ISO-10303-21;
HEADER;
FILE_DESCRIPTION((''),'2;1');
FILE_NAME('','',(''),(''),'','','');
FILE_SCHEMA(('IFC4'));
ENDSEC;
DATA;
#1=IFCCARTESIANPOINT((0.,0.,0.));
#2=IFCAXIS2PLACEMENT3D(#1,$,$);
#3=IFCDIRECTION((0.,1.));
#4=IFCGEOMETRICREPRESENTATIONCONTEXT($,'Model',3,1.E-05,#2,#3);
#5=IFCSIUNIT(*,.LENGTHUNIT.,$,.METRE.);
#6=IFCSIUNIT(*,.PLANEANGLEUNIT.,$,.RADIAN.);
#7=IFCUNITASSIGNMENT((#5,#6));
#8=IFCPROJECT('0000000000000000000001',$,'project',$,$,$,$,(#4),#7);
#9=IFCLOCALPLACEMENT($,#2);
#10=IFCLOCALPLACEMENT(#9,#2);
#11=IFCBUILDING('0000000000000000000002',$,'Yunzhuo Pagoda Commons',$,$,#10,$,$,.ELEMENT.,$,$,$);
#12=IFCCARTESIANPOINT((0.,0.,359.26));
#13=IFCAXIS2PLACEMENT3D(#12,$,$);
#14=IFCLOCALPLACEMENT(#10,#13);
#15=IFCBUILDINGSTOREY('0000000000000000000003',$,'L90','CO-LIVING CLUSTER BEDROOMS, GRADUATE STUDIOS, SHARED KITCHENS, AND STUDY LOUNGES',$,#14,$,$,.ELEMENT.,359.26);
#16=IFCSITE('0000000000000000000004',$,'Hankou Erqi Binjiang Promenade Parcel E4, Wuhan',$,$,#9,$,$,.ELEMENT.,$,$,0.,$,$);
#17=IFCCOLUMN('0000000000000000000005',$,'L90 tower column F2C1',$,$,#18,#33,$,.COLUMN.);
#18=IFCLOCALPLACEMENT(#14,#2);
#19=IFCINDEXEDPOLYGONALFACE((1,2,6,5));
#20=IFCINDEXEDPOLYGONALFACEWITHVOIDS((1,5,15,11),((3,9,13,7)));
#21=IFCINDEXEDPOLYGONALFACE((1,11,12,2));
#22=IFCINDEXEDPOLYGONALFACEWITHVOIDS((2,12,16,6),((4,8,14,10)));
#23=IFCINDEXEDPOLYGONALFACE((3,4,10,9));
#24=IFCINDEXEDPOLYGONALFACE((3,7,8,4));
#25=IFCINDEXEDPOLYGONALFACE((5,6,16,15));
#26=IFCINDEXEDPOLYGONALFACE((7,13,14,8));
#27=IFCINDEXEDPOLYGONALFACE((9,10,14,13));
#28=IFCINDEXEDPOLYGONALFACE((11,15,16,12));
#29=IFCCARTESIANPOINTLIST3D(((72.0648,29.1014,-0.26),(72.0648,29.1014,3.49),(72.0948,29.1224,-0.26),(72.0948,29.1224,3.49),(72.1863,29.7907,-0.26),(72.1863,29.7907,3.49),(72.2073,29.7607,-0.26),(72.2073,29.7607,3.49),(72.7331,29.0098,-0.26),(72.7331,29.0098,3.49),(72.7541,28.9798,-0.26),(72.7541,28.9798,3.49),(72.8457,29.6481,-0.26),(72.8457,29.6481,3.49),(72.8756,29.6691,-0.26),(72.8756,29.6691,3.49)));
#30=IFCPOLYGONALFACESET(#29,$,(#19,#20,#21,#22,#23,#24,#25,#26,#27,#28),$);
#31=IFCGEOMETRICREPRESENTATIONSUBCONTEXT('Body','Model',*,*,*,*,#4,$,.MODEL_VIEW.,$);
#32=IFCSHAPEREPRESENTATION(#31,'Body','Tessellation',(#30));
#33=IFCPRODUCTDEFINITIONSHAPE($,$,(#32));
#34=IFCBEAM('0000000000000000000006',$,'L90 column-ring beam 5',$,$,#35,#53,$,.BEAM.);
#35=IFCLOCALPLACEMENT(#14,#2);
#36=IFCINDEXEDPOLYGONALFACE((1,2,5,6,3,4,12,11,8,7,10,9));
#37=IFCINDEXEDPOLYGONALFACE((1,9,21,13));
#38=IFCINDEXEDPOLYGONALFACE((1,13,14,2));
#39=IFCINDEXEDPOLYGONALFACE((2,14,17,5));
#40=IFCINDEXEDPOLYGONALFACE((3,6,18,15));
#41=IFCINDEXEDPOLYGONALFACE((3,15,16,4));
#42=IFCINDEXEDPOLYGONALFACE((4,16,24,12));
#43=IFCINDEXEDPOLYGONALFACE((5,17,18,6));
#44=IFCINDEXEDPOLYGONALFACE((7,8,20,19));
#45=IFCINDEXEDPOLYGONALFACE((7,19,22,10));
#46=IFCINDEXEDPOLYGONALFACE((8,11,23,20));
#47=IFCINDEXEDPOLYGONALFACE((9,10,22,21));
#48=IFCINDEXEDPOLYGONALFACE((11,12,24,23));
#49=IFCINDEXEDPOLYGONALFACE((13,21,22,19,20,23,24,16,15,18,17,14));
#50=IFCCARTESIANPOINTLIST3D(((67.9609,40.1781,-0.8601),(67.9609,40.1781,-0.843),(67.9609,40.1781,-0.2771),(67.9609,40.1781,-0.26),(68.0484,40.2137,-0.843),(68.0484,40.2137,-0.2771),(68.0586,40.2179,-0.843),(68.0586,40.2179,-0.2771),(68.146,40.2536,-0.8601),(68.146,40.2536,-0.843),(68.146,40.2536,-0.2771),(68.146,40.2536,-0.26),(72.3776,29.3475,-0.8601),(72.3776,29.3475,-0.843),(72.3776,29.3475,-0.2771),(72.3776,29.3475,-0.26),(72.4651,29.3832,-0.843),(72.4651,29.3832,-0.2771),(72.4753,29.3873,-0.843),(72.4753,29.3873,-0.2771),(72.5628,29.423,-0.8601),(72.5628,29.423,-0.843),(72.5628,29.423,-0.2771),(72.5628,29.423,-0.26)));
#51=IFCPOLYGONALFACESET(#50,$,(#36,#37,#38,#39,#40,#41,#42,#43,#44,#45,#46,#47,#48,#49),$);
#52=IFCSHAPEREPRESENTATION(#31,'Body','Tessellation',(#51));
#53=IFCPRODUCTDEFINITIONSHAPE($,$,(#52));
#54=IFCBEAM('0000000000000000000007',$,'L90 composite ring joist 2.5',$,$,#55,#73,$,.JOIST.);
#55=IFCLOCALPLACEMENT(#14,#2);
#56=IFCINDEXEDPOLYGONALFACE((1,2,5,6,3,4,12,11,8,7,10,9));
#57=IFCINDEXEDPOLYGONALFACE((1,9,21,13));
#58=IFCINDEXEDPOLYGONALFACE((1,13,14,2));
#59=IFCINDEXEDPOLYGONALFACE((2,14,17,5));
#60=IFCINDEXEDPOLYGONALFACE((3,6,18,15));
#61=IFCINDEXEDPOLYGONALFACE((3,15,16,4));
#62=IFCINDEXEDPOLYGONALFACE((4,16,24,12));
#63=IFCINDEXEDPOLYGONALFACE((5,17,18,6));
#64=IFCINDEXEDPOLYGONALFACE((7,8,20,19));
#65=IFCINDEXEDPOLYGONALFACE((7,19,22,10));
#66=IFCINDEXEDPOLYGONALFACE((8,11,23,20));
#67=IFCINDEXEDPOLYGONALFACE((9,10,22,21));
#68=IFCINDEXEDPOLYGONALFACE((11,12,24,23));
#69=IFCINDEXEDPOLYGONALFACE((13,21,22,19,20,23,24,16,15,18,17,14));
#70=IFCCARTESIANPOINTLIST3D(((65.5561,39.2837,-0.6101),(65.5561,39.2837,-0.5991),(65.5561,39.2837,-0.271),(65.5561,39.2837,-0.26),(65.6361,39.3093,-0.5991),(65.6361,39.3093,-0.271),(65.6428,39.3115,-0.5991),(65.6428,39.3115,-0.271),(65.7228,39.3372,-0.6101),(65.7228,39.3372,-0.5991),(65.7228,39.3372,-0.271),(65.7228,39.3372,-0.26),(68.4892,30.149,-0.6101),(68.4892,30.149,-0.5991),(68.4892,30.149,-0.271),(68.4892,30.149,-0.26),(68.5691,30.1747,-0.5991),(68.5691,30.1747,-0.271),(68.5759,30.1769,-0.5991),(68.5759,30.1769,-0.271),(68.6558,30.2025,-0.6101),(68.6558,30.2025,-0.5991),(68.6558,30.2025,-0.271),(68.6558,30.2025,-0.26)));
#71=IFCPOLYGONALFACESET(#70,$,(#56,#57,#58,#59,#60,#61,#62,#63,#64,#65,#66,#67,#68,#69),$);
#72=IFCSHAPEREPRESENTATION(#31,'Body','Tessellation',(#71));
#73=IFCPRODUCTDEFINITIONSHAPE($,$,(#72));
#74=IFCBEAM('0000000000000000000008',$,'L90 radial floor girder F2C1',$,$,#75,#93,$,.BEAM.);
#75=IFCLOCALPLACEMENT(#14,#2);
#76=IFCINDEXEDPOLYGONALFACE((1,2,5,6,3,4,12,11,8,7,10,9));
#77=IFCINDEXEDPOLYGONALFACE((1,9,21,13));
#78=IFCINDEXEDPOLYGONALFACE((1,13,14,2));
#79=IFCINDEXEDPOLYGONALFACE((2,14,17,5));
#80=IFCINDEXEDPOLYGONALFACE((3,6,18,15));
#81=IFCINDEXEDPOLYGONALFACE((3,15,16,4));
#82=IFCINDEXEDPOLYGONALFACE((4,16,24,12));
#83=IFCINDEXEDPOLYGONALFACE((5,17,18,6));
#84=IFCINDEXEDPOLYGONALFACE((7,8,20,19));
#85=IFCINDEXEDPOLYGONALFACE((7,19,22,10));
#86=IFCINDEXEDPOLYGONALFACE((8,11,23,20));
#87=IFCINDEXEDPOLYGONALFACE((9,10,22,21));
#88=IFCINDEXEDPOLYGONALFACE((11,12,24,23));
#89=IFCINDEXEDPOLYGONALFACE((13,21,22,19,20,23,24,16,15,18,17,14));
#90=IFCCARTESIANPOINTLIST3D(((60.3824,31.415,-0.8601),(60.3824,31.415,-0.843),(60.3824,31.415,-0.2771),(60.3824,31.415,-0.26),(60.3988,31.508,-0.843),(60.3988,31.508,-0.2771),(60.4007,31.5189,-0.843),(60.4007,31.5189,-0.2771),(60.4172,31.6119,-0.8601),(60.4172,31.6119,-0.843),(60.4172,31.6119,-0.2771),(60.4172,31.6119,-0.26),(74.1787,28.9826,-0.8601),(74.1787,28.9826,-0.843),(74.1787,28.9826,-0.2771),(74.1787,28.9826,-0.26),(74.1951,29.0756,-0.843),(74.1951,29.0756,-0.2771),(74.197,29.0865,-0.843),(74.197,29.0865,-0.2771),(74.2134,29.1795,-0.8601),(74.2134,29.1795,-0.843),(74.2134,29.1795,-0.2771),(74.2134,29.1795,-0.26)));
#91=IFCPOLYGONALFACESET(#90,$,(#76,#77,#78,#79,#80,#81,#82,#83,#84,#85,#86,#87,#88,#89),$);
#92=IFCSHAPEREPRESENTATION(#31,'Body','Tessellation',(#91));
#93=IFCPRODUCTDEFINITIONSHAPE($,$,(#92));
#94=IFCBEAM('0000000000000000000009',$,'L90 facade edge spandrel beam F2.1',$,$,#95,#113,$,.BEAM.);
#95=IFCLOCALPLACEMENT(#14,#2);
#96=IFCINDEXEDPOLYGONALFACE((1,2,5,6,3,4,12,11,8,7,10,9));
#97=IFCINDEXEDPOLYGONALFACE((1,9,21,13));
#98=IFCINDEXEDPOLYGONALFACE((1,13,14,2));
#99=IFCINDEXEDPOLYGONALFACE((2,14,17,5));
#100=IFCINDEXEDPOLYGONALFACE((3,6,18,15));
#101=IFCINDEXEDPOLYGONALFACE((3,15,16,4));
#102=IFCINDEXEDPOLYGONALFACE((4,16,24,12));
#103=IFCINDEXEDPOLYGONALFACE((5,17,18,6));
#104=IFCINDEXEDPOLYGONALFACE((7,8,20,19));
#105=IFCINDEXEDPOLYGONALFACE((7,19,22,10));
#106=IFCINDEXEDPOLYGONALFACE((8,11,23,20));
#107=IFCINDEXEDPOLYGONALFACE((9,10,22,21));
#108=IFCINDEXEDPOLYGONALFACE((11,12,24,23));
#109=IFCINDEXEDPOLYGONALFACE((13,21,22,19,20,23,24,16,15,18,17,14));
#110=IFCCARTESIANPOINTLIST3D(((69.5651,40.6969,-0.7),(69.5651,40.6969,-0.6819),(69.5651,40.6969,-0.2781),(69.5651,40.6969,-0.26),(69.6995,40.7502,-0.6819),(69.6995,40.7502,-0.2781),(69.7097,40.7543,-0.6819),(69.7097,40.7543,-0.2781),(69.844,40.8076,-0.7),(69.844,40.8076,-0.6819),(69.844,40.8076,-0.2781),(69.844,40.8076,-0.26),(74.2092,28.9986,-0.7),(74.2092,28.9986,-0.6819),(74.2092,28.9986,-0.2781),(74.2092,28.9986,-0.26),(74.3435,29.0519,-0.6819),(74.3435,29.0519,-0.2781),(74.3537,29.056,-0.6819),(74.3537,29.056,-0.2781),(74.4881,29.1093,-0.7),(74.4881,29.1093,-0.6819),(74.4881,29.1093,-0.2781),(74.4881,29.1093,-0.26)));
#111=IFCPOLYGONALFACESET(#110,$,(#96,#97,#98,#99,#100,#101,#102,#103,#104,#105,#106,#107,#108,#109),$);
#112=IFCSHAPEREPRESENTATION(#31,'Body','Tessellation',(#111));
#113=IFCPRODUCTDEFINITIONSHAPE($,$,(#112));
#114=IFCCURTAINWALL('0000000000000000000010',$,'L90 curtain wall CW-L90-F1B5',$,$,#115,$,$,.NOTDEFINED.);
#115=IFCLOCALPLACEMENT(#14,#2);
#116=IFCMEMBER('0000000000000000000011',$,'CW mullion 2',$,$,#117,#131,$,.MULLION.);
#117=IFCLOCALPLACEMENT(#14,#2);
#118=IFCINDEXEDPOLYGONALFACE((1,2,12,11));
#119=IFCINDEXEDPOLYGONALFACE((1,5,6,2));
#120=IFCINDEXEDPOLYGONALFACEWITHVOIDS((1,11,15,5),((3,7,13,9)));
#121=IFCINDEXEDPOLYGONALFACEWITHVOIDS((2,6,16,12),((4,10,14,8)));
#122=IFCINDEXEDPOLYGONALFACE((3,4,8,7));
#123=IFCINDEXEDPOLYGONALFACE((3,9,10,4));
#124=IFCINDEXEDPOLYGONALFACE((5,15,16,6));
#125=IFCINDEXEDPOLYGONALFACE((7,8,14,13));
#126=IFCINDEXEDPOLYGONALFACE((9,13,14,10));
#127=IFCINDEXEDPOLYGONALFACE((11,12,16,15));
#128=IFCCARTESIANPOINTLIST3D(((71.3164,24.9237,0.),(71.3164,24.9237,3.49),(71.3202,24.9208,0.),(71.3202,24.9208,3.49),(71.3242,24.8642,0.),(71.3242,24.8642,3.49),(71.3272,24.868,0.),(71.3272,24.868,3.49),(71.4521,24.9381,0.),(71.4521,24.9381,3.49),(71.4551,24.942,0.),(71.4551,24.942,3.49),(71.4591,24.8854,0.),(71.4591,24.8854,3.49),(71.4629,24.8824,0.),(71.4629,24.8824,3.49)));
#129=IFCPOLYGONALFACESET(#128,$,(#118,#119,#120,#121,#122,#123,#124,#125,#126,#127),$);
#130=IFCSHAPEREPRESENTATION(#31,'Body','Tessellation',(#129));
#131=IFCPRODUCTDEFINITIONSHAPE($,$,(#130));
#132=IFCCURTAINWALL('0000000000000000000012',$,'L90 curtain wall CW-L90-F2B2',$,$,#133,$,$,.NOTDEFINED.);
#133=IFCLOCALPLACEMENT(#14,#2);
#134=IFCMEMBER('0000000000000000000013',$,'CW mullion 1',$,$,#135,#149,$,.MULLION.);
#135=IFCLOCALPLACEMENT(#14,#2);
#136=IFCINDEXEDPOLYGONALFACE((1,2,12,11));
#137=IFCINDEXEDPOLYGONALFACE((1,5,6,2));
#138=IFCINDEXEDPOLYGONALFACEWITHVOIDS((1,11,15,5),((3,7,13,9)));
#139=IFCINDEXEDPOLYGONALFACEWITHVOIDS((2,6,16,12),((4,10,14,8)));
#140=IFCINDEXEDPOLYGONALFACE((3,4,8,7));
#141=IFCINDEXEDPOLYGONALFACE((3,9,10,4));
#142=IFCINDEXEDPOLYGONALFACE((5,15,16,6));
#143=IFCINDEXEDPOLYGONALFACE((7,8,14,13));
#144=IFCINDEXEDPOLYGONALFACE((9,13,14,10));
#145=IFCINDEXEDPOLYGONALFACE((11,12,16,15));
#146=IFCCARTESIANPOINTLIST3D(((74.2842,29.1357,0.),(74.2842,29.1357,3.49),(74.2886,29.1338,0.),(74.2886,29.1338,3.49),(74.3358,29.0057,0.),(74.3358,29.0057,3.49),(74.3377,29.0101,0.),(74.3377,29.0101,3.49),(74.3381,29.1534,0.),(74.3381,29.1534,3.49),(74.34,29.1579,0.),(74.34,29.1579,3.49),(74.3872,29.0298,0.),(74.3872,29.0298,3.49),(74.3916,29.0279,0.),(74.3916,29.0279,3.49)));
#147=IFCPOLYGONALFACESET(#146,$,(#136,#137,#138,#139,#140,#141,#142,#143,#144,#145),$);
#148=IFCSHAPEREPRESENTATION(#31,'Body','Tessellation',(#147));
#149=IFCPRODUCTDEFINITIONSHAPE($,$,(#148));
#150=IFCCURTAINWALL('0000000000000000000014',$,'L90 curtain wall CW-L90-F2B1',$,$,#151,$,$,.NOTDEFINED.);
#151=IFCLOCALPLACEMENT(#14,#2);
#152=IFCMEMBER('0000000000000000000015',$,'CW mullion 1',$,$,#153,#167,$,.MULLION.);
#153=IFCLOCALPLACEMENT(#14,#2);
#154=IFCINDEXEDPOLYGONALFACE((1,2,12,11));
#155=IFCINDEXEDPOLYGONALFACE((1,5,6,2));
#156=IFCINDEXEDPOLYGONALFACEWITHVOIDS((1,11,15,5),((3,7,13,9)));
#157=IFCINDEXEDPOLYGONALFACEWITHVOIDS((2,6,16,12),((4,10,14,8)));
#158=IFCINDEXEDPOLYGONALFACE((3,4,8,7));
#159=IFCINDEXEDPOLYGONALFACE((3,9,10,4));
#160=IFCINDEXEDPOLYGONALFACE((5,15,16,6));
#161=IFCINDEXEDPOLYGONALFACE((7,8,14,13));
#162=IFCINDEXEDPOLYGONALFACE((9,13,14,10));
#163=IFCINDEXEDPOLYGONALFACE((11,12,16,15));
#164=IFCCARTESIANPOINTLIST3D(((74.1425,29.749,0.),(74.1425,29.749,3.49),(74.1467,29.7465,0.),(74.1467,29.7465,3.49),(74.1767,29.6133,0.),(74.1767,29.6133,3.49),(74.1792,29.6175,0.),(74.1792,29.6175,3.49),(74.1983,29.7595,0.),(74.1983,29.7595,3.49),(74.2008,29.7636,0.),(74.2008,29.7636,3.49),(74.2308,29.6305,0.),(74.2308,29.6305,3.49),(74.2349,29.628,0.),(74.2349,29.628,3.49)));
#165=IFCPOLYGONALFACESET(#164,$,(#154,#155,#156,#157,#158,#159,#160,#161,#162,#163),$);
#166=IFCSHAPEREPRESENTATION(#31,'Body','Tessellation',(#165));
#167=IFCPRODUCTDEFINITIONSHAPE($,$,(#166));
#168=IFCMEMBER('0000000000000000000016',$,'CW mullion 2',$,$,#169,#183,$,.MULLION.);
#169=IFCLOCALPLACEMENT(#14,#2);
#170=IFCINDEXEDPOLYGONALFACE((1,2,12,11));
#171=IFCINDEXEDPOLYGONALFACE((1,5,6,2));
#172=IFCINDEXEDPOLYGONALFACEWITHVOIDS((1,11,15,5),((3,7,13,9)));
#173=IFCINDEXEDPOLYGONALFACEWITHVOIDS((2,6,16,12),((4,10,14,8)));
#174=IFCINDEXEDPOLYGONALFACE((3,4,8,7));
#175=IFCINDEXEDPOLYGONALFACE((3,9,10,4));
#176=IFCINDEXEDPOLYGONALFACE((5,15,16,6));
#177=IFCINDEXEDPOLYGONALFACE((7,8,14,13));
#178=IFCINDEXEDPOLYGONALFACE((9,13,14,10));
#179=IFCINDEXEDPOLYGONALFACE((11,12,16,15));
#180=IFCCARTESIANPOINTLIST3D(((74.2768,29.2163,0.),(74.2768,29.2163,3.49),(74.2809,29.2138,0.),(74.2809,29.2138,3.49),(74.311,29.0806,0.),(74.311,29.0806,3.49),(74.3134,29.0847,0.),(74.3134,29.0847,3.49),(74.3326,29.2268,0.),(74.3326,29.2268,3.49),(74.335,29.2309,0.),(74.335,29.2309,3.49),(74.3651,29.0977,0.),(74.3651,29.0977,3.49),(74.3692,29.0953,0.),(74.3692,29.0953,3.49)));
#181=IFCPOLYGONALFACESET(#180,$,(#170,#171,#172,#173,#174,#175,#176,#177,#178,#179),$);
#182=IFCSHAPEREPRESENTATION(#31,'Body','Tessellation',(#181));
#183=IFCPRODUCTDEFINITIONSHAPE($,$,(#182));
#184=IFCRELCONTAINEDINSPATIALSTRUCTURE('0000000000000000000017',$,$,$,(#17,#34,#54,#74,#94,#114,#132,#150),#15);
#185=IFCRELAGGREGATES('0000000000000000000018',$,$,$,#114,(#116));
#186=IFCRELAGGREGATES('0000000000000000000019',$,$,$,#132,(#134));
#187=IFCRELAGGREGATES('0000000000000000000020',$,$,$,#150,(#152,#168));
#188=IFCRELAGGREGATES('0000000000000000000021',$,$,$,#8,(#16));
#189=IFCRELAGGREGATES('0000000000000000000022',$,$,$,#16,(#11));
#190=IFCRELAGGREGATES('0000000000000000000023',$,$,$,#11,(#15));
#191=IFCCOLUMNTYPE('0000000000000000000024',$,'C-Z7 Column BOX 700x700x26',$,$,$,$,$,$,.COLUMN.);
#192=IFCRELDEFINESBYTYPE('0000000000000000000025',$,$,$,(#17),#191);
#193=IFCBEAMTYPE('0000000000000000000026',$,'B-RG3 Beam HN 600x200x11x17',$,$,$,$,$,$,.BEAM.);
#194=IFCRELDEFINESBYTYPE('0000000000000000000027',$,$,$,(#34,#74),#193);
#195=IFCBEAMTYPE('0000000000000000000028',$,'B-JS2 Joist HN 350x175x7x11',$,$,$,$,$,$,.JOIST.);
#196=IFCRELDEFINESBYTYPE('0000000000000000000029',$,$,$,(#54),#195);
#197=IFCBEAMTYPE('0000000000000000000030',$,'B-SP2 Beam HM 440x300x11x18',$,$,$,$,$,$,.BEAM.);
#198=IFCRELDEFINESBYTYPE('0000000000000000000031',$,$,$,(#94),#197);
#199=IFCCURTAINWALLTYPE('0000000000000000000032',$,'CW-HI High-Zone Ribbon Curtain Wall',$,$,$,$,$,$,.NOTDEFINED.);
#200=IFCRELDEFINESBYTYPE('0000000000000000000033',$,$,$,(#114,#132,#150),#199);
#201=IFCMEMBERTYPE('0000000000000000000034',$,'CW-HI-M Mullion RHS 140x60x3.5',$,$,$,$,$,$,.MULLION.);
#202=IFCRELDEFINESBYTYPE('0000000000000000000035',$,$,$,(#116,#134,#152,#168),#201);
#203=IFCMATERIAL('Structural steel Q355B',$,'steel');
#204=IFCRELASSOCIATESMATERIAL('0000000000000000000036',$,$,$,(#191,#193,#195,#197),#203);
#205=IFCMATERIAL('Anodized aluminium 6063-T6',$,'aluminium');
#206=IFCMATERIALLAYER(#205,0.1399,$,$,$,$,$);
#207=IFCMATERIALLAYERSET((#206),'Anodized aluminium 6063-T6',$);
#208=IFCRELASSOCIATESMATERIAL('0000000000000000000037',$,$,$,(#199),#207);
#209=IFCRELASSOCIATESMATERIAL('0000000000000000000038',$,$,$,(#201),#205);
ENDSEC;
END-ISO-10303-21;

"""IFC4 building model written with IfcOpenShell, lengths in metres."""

from ifc_helpers import new_model, si_unit, direction, frame, origin, origin_2d, place, context, subcontext, project, spatial, hollow_rectangle, i_section, extrude, source, transform, mapped, material, layer, layer_set, material_profile, profile_set, type_object, element, aggregate, save


model = new_model("IFC4")

# Units and contexts
model_context = context("Model", 3, precision=1e-05, world=origin(), true_north=direction((0.0, 1.0)))
body_context = subcontext(model_context, "Body", "Model", "MODEL_VIEW")
ifc_project = project(units=[si_unit("LENGTHUNIT", "METRE"), si_unit("PLANEANGLEUNIT", "RADIAN")], contexts=[model_context])

# Site, building, storey
site_placement = place(None, origin())
site = spatial("IfcSite", under=ifc_project, at=site_placement, Name="Hankou Erqi Binjiang Promenade Parcel E4, Wuhan", CompositionType="ELEMENT", RefElevation=0.0)
building_placement = place(site_placement, origin())
building = spatial("IfcBuilding", under=site, at=building_placement, Name="Yunzhuo Pagoda Commons", CompositionType="ELEMENT")
storey_placement = place(building_placement, frame((0.0, 0.0, 359.26)))
storey = spatial("IfcBuildingStorey", under=building, at=storey_placement, Name="L90", Description="CO-LIVING CLUSTER BEDROOMS, GRADUATE STUDIOS, SHARED KITCHENS, AND STUDY LOUNGES", CompositionType="ELEMENT", Elevation=359.26)

# Column
ifc_material_1 = material(Name="Structural steel Q355B", Category="steel")
ifc_material_profile_1 = material_profile(ifc_material_1, hollow_rectangle(XDim=0.7, YDim=0.7, WallThickness=0.0259, at=origin_2d()), Name="Structural steel Q355B")
ifc_profile_set_1 = profile_set([ifc_material_profile_1], Name="Structural steel Q355B")
column_type = type_object("IfcColumnType", Name="C-Z7 Column BOX 700x700x26", PredefinedType="COLUMN", material=ifc_profile_set_1)
shared_shape_1 = source(origin(), body_context, "Body", "SweptSolid", [
    extrude(hollow_rectangle(XDim=0.7, YDim=0.7, WallThickness=0.0259, at=origin_2d()), origin(), (0.0, 0.0, 1.0), 3.75),
])
column_placement = place(storey_placement, frame((72.4702, 29.3853, -0.26), z_axis=(0.0, 0.0, 1.0), x_axis=(0.173648, 0.984808, 0.0)))
element("IfcColumn", 1, at=column_placement, inside=storey, type_object=column_type, Name="L90 tower column F2C1", PredefinedType="COLUMN", context=body_context, shape_type="MappedRepresentation", body=[
    mapped(shared_shape_1, transform((0.0, 0.0, 0.0), scale=1.0)),
])

# Beams
ifc_material_profile_2 = material_profile(ifc_material_1, i_section(OverallWidth=0.2, OverallDepth=0.6001, WebThickness=0.011, FlangeThickness=0.0171, at=origin_2d()), Name="Structural steel Q355B")
ifc_profile_set_2 = profile_set([ifc_material_profile_2], Name="Structural steel Q355B")
beam_type_1 = type_object("IfcBeamType", Name="B-RG3 Beam HN 600x200x11x17", PredefinedType="BEAM", material=ifc_profile_set_2)
shared_shape_2 = source(origin(), body_context, "Body", "SweptSolid", [
    extrude(i_section(OverallWidth=0.2, OverallDepth=0.6001, WebThickness=0.011, FlangeThickness=0.0171, at=origin_2d()), origin(), (0.0, 0.0, 1.0), 11.6965),
])
beam_1_placement = place(storey_placement, frame((72.4702, 29.3853, -0.5601), z_axis=(-0.377612, 0.925964, 0.0), x_axis=(-0.925964, -0.377612, 0.0)))
element("IfcBeam", 2, at=beam_1_placement, inside=storey, type_object=beam_type_1, Name="L90 column-ring beam 5", PredefinedType="BEAM", context=body_context, shape_type="MappedRepresentation", body=[
    mapped(shared_shape_2, transform((0.0, 0.0, 0.0), scale=1.0)),
])
ifc_material_profile_3 = material_profile(ifc_material_1, i_section(OverallWidth=0.175, OverallDepth=0.3501, WebThickness=0.0071, FlangeThickness=0.011, at=origin_2d()), Name="Structural steel Q355B")
ifc_profile_set_3 = profile_set([ifc_material_profile_3], Name="Structural steel Q355B")
beam_type_2 = type_object("IfcBeamType", Name="B-JS2 Joist HN 350x175x7x11", PredefinedType="JOIST", material=ifc_profile_set_3)
shared_shape_3 = source(origin(), body_context, "Body", "SweptSolid", [
    extrude(i_section(OverallWidth=0.175, OverallDepth=0.3501, WebThickness=0.0071, FlangeThickness=0.011, at=origin_2d()), origin(), (0.0, 0.0, 1.0), 9.594),
])
beam_2_placement = place(storey_placement, frame((68.5725, 30.1758, -0.4351), z_axis=(-0.305719, 0.952122, 0.0), x_axis=(-0.952122, -0.305719, 0.0)))
element("IfcBeam", 3, at=beam_2_placement, inside=storey, type_object=beam_type_2, Name="L90 composite ring joist 2.5", PredefinedType="JOIST", context=body_context, shape_type="MappedRepresentation", body=[
    mapped(shared_shape_3, transform((0.0, 0.0, 0.0), scale=1.0)),
])
shared_shape_4 = source(origin(), body_context, "Body", "SweptSolid", [
    extrude(i_section(OverallWidth=0.2, OverallDepth=0.6001, WebThickness=0.011, FlangeThickness=0.0171, at=origin_2d()), origin(), (0.0, 0.0, 1.0), 14.009),
])
beam_3_placement = place(storey_placement, frame((74.196, 29.0811, -0.5601), z_axis=(-0.984811, 0.17363, 0.0), x_axis=(-0.17363, -0.984811, 0.0)))
element("IfcBeam", 4, at=beam_3_placement, inside=storey, type_object=beam_type_1, Name="L90 radial floor girder F2C1", PredefinedType="BEAM", context=body_context, shape_type="MappedRepresentation", body=[
    mapped(shared_shape_4, transform((0.0, 0.0, 0.0), scale=1.0)),
])
ifc_material_profile_4 = material_profile(ifc_material_1, i_section(OverallWidth=0.3, OverallDepth=0.4399, WebThickness=0.011, FlangeThickness=0.0181, at=origin_2d()), Name="Structural steel Q355B")
ifc_profile_set_4 = profile_set([ifc_material_profile_4], Name="Structural steel Q355B")
beam_type_3 = type_object("IfcBeamType", Name="B-SP2 Beam HM 440x300x11x18", PredefinedType="BEAM", material=ifc_profile_set_4)
shared_shape_5 = source(origin(), body_context, "Body", "SweptSolid", [
    extrude(i_section(OverallWidth=0.3, OverallDepth=0.4399, WebThickness=0.011, FlangeThickness=0.0181, at=origin_2d()), origin(), (0.0, 0.0, 1.0), 12.5864),
])
beam_4_placement = place(storey_placement, frame((74.3486, 29.054, -0.48), z_axis=(-0.368975, 0.929439, 0.0), x_axis=(-0.929439, -0.368975, 0.0)))
element("IfcBeam", 5, at=beam_4_placement, inside=storey, type_object=beam_type_3, Name="L90 facade edge spandrel beam F2.1", PredefinedType="BEAM", context=body_context, shape_type="MappedRepresentation", body=[
    mapped(shared_shape_5, transform((0.0, 0.0, 0.0), scale=1.0)),
])

# Curtain walls, members
ifc_material_2 = material(Name="Anodized aluminium 6063-T6", Category="aluminium")
ifc_layer_1 = layer(ifc_material_2, 0.1399)
ifc_layer_set_1 = layer_set([ifc_layer_1], Name="Anodized aluminium 6063-T6")
curtain_wall_type_1 = type_object("IfcCurtainWallType", Name="CW-HI High-Zone Ribbon Curtain Wall", PredefinedType="NOTDEFINED", material=ifc_layer_set_1)
curtain_wall_1_placement = place(storey_placement, origin())
curtain_wall_1 = element("IfcCurtainWall", 6, at=curtain_wall_1_placement, inside=storey, type_object=curtain_wall_type_1, Name="L90 curtain wall CW-L90-F1B5", PredefinedType="NOTDEFINED")
ifc_material_profile_5 = material_profile(ifc_material_2, hollow_rectangle(XDim=0.0601, YDim=0.1399, WallThickness=0.0034, at=origin_2d()), Name="Anodized aluminium 6063-T6")
ifc_profile_set_5 = profile_set([ifc_material_profile_5], Name="Anodized aluminium 6063-T6")
member_type_1 = type_object("IfcMemberType", Name="CW-HI-M Mullion RHS 140x60x3.5", PredefinedType="MULLION", material=ifc_profile_set_5)
shared_shape_6 = source(origin(), body_context, "Body", "SweptSolid", [
    extrude(hollow_rectangle(XDim=0.0601, YDim=0.1399, WallThickness=0.0034, at=origin_2d()), origin(), (0.0, 0.0, 1.0), 3.49),
])
member_1_placement = place(storey_placement, frame((71.3896, 24.9031, 0.0), z_axis=(0.0, 0.0, 1.0), x_axis=(-0.130506, 0.991448, 0.0)))
member_1 = element("IfcMember", 7, at=member_1_placement, type_object=member_type_1, Name="CW mullion 2", PredefinedType="MULLION", context=body_context, shape_type="MappedRepresentation", body=[
    mapped(shared_shape_6, transform((0.0, 0.0, 0.0), scale=1.0)),
])
aggregate(curtain_wall_1, [member_1])
curtain_wall_2_placement = place(storey_placement, origin())
curtain_wall_2 = element("IfcCurtainWall", 8, at=curtain_wall_2_placement, inside=storey, type_object=curtain_wall_type_1, Name="L90 curtain wall CW-L90-F2B2", PredefinedType="NOTDEFINED")
member_2_placement = place(storey_placement, frame((74.3379, 29.0818, 0.0), z_axis=(0.0, 0.0, 1.0), x_axis=(-0.929441, -0.36897, 0.0)))
member_2 = element("IfcMember", 9, at=member_2_placement, type_object=member_type_1, Name="CW mullion 1", PredefinedType="MULLION", context=body_context, shape_type="MappedRepresentation", body=[
    mapped(shared_shape_6, transform((0.0, 0.0, 0.0), scale=1.0)),
])

# Curtain wall, members
curtain_wall_3_placement = place(storey_placement, origin())
curtain_wall_3 = element("IfcCurtainWall", 10, at=curtain_wall_3_placement, inside=storey, type_object=curtain_wall_type_1, Name="L90 curtain wall CW-L90-F2B1", PredefinedType="NOTDEFINED")
member_3_placement = place(storey_placement, frame((74.1887, 29.6885, 0.0), z_axis=(0.0, 0.0, 1.0), x_axis=(0.969716, 0.244235, 0.0)))
member_3 = element("IfcMember", 11, at=member_3_placement, type_object=member_type_1, Name="CW mullion 1", PredefinedType="MULLION", context=body_context, shape_type="MappedRepresentation", body=[
    mapped(shared_shape_6, transform((0.0, 0.0, 0.0), scale=1.0)),
])
member_4_placement = place(storey_placement, frame((74.323, 29.1558, 0.0), z_axis=(0.0, 0.0, 1.0), x_axis=(0.969716, 0.244235, 0.0)))
member_4 = element("IfcMember", 12, at=member_4_placement, type_object=member_type_1, Name="CW mullion 2", PredefinedType="MULLION", context=body_context, shape_type="MappedRepresentation", body=[
    mapped(shared_shape_6, transform((0.0, 0.0, 0.0), scale=1.0)),
])

aggregate(curtain_wall_2, [member_2])

aggregate(curtain_wall_3, [member_3, member_4])

save(model, "model.ifc")
